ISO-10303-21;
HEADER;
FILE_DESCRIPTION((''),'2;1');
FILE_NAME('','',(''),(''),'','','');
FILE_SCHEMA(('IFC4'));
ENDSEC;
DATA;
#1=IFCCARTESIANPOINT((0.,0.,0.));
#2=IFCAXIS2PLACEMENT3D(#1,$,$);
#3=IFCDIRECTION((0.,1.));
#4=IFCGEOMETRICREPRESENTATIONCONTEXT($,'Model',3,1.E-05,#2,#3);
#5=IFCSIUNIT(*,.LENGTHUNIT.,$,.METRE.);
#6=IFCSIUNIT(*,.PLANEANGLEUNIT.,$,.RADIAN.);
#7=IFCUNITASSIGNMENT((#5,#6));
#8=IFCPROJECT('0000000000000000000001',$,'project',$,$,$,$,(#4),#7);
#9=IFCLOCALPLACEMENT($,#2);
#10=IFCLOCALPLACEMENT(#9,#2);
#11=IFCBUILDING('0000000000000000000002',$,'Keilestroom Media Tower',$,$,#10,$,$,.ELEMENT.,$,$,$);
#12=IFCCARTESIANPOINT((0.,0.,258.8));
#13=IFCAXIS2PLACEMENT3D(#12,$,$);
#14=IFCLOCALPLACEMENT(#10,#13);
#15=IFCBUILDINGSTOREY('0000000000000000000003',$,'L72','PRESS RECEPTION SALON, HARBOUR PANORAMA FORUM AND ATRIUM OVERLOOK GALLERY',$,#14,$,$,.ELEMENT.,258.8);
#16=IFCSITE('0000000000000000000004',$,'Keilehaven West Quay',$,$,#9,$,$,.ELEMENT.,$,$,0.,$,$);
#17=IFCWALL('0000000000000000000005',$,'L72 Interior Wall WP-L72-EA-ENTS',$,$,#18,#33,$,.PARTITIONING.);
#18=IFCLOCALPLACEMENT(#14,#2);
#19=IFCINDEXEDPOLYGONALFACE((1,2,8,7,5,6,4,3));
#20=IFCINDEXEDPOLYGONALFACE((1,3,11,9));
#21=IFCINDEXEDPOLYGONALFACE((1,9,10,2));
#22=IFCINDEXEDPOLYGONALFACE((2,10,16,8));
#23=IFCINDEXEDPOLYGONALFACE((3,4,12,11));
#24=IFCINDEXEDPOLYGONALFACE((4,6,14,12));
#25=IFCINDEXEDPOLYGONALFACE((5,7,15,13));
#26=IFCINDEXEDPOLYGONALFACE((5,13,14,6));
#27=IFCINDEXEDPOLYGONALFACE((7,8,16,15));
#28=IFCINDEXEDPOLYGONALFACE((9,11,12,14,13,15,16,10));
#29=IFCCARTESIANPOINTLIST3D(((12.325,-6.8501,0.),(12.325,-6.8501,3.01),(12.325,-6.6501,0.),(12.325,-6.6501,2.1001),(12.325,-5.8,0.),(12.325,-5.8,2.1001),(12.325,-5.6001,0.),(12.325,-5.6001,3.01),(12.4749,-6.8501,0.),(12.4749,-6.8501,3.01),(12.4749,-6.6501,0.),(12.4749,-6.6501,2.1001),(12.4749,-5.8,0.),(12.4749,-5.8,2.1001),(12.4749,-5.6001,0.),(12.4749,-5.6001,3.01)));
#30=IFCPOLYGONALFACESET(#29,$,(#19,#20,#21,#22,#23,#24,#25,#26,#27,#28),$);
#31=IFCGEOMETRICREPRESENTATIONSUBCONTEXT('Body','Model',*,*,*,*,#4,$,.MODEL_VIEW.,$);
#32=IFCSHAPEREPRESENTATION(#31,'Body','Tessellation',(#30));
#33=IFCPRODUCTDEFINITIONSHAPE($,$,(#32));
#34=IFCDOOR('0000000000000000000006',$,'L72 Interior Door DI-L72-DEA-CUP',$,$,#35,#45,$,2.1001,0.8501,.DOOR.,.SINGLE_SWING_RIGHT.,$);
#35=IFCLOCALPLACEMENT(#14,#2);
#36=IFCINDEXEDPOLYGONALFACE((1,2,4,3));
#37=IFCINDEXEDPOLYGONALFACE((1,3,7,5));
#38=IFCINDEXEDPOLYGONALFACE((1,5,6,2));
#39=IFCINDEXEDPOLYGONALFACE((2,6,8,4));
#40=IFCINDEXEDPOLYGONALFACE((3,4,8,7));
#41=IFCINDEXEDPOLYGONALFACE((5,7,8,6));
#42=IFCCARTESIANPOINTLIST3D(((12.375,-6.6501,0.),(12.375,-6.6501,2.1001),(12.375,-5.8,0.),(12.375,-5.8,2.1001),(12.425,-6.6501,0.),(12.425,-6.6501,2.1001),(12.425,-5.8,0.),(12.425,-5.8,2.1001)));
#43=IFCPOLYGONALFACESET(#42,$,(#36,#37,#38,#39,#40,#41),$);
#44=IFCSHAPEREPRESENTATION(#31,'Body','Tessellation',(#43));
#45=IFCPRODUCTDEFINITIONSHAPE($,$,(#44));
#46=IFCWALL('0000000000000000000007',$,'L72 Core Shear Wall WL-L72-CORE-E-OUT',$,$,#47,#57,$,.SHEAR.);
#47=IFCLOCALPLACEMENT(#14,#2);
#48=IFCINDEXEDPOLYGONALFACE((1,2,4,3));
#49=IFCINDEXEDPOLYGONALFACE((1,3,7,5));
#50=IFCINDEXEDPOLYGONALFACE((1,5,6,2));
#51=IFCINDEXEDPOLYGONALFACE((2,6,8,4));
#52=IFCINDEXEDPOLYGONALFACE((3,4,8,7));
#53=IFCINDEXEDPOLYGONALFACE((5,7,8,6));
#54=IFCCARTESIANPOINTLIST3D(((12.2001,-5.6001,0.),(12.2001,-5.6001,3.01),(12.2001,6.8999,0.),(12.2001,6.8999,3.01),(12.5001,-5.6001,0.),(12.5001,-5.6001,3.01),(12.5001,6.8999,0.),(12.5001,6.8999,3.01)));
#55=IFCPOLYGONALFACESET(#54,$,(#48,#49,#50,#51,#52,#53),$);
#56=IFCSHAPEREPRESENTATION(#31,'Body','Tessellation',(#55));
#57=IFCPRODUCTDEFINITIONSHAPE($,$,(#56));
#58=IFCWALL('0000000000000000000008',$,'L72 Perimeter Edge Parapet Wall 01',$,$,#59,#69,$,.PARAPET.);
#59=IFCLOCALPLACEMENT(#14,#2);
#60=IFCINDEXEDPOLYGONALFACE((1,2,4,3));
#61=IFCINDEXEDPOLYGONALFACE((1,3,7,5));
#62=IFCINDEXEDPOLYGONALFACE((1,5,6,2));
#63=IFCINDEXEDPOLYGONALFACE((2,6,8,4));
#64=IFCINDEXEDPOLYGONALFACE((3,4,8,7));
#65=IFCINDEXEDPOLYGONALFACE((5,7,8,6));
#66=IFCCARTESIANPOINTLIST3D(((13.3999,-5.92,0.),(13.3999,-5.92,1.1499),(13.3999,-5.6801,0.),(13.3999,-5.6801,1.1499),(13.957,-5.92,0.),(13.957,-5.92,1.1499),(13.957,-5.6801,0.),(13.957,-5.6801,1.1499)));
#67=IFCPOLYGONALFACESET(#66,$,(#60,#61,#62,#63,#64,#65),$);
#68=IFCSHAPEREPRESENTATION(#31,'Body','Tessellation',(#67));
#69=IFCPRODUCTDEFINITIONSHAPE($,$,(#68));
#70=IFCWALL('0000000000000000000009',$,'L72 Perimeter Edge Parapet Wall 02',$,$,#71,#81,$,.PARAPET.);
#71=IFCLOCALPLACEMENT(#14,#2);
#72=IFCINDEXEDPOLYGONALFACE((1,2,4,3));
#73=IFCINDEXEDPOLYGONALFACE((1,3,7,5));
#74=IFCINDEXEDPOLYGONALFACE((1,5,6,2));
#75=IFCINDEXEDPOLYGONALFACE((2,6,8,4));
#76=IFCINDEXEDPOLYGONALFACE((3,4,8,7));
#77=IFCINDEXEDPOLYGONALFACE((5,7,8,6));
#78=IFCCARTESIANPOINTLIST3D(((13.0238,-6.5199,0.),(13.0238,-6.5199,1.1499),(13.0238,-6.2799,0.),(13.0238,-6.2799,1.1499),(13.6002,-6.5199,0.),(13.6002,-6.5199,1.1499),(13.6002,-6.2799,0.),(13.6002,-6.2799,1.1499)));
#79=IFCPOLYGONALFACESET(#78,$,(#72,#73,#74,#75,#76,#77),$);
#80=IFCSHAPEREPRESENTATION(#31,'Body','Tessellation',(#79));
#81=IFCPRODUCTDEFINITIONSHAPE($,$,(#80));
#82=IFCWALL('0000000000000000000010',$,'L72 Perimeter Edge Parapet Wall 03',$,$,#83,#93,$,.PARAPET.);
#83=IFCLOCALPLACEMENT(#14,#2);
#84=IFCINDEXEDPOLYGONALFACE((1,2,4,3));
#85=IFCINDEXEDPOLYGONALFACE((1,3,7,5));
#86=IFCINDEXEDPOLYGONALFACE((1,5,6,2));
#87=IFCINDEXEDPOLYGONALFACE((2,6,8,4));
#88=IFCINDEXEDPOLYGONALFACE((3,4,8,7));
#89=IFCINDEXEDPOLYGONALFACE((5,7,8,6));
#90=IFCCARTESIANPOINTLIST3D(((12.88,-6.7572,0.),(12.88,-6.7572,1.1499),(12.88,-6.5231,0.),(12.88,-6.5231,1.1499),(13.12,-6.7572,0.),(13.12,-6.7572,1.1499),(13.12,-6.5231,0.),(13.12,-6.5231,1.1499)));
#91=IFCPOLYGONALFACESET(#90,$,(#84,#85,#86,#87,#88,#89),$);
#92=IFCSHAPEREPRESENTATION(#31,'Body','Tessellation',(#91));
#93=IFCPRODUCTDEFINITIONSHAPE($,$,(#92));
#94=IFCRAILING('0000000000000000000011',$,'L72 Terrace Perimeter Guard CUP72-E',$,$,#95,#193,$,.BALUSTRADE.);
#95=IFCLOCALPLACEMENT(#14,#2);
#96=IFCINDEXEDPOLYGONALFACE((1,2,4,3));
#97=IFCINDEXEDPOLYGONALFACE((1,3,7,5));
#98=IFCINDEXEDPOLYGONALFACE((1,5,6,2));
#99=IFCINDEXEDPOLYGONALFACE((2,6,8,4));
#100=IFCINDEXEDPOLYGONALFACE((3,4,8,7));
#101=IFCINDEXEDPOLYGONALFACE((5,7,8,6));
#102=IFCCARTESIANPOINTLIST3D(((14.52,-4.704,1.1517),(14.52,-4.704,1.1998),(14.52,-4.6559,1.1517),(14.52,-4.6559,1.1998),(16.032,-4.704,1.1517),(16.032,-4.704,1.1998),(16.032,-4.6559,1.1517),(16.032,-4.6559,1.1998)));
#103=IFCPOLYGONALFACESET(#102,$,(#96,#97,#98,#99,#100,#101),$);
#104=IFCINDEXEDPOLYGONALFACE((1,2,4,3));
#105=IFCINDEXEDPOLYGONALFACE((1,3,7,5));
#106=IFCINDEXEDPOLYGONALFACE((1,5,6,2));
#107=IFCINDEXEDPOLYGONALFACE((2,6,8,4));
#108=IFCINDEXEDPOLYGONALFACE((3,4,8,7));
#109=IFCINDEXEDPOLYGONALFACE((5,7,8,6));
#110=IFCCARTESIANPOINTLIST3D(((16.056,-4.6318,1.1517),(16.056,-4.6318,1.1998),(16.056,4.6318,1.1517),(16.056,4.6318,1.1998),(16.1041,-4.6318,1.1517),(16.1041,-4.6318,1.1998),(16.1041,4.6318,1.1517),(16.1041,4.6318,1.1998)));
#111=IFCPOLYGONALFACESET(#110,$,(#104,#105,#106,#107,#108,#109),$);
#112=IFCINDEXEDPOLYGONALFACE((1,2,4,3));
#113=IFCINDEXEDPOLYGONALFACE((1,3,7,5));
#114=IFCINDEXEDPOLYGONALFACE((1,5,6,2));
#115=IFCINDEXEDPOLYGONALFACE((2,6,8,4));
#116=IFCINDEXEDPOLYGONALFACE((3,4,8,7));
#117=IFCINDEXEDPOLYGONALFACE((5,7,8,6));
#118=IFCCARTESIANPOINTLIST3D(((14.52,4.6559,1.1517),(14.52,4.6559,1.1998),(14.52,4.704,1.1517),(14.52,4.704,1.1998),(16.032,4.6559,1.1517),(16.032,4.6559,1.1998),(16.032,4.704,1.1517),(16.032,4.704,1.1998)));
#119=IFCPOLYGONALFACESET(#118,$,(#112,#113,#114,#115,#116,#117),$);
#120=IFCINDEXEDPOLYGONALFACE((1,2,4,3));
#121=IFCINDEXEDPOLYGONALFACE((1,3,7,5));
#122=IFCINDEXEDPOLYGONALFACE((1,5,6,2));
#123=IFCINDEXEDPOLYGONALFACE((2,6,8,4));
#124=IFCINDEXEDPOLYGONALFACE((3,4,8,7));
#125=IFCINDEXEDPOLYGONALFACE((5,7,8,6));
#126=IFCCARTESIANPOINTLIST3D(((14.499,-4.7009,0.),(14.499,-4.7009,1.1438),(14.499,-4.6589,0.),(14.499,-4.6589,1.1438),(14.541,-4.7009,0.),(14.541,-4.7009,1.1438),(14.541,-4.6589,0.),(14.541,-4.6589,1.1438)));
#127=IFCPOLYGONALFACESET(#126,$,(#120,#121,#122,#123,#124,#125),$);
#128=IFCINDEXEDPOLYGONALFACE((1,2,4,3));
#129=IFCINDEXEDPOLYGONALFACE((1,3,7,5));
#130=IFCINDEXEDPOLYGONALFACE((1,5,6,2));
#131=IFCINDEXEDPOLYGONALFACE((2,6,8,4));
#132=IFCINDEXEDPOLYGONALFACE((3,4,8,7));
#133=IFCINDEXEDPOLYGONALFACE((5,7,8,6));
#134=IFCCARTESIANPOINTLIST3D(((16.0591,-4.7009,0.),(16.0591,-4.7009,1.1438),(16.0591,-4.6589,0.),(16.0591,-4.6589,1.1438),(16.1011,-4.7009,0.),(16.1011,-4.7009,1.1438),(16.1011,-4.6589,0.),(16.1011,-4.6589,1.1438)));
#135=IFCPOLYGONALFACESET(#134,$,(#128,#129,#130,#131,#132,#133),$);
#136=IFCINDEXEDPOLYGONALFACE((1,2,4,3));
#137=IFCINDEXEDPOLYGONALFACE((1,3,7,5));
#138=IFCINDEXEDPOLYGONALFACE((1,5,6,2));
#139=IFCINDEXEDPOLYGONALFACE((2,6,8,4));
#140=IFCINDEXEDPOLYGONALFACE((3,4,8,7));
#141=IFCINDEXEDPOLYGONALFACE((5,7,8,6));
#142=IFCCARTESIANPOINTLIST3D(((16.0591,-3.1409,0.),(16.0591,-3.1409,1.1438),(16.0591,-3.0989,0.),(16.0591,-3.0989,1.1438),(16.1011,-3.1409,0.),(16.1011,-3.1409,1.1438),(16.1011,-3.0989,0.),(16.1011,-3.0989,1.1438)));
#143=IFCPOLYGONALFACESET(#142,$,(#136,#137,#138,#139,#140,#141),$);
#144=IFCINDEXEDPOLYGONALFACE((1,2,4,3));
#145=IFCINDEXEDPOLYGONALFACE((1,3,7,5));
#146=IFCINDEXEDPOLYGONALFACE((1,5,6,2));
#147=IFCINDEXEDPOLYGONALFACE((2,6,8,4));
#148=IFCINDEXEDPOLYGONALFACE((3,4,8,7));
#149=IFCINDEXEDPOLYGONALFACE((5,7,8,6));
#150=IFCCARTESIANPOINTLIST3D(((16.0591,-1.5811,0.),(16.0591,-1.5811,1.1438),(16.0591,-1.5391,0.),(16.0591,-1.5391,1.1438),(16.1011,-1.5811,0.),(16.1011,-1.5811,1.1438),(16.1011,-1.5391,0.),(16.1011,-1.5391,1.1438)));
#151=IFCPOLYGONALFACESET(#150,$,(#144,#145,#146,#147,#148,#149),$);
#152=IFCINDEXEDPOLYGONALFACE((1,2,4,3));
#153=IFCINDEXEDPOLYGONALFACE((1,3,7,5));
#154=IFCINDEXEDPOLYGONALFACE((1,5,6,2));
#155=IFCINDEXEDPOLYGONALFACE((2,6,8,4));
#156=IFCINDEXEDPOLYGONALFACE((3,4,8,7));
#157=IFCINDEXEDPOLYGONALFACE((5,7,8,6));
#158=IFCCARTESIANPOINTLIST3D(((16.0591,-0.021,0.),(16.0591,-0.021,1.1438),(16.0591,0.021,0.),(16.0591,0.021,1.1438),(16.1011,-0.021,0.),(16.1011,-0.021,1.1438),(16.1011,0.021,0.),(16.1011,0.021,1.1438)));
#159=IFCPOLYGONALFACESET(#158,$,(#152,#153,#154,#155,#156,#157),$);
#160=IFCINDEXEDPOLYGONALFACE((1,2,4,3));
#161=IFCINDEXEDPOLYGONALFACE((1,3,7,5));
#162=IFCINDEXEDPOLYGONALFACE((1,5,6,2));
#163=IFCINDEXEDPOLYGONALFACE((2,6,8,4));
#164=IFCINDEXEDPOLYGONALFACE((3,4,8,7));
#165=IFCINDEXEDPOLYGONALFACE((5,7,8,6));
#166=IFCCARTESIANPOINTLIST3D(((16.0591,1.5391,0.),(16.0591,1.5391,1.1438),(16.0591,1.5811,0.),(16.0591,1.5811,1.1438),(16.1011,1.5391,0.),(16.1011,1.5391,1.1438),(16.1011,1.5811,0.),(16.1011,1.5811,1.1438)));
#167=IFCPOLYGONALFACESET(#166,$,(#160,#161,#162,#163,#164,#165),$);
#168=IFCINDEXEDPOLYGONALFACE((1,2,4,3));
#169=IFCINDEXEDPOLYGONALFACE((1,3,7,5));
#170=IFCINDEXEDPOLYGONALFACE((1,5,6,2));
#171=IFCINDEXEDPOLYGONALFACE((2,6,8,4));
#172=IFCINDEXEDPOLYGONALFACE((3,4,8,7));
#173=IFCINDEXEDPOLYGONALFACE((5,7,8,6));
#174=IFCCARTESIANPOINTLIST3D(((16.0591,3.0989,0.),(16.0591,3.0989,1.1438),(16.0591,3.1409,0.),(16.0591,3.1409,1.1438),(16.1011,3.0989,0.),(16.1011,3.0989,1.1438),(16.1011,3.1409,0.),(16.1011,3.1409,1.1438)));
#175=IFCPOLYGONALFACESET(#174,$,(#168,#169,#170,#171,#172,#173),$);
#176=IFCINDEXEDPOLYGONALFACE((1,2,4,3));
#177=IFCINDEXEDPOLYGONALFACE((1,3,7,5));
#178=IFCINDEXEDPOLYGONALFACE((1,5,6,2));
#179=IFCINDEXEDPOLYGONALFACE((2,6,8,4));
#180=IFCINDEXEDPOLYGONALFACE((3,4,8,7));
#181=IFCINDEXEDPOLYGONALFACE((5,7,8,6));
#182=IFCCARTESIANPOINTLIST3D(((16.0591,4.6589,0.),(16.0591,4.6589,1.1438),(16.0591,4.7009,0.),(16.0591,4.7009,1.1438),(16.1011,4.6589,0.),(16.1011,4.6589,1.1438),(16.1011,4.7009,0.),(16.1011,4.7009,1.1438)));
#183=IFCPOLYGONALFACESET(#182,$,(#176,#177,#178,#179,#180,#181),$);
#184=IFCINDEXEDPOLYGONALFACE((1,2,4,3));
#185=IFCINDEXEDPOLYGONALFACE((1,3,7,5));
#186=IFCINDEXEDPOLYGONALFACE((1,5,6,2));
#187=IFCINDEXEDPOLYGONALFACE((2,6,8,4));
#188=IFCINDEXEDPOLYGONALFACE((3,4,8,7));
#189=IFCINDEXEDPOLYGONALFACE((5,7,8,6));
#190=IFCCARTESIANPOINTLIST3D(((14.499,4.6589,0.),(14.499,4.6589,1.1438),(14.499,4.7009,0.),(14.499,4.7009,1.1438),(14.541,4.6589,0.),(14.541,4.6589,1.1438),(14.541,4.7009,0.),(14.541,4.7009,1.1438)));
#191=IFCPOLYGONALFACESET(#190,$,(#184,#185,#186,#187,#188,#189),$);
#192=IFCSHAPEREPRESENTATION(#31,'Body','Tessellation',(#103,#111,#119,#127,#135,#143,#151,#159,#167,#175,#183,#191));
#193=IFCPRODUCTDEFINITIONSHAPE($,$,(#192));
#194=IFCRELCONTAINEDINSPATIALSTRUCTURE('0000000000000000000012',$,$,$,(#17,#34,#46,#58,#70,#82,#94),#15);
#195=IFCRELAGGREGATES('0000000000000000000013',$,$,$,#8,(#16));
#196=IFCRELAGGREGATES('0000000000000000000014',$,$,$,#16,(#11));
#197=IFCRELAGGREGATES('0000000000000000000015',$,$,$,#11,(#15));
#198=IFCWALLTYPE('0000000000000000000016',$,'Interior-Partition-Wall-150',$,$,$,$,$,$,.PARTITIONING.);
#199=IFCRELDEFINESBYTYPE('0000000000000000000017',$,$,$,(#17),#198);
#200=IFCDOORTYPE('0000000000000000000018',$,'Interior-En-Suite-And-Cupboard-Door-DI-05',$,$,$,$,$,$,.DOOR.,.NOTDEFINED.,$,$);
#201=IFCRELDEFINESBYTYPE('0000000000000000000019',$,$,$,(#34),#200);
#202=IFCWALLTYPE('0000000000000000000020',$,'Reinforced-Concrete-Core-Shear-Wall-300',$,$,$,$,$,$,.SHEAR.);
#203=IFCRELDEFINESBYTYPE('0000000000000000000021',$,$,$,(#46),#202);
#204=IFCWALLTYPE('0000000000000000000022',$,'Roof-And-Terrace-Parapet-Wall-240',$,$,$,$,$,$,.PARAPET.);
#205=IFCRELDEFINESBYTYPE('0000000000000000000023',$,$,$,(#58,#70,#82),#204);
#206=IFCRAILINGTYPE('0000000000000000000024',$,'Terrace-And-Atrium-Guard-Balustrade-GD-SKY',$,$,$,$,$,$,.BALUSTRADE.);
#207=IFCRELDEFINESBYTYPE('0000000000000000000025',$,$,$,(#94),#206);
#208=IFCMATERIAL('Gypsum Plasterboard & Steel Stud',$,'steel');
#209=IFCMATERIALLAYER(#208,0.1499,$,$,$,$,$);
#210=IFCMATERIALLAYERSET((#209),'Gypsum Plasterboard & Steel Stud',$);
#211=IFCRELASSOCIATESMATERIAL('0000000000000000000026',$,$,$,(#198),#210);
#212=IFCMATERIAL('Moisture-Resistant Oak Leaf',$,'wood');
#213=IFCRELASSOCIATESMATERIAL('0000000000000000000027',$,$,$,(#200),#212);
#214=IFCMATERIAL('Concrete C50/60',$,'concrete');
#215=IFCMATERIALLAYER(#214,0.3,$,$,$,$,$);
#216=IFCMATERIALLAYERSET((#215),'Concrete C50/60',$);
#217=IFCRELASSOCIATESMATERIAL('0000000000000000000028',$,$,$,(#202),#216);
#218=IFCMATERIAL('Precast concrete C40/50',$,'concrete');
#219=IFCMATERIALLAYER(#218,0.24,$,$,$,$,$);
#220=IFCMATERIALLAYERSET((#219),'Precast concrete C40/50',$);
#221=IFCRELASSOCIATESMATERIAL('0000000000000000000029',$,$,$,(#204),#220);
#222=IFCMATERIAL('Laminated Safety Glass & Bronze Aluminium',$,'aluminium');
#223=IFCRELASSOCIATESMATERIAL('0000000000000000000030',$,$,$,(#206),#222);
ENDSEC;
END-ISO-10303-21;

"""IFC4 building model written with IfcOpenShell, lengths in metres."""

from ifc_helpers import new_model, si_unit, direction, frame, frame_2d, origin, origin_2d, place, context, subcontext, project, spatial, rectangle, extrude, source, transform, mapped, material, layer, layer_set, type_object, element, fill, save


model = new_model("IFC4")

# Units and contexts
model_context = context("Model", 3, precision=1e-05, world=origin(), true_north=direction((0.0, 1.0)))
body_context = subcontext(model_context, "Body", "Model", "MODEL_VIEW")
ifc_project = project(units=[si_unit("LENGTHUNIT", "METRE"), si_unit("PLANEANGLEUNIT", "RADIAN")], contexts=[model_context])

# Site, building, storey
site_placement = place(None, origin())
site = spatial("IfcSite", under=ifc_project, at=site_placement, Name="Keilehaven West Quay", CompositionType="ELEMENT", RefElevation=0.0)
building_placement = place(site_placement, origin())
building = spatial("IfcBuilding", under=site, at=building_placement, Name="Keilestroom Media Tower", CompositionType="ELEMENT")
storey_placement = place(building_placement, frame((0.0, 0.0, 258.8)))
storey = spatial("IfcBuildingStorey", under=building, at=storey_placement, Name="L72", Description="PRESS RECEPTION SALON, HARBOUR PANORAMA FORUM AND ATRIUM OVERLOOK GALLERY", CompositionType="ELEMENT", Elevation=258.8)

# Shared definitions
ifc_material_1 = material(Name="Precast concrete C40/50", Category="concrete")

# Wall, opening, door
ifc_material_2 = material(Name="Gypsum Plasterboard & Steel Stud", Category="steel")
ifc_layer_1 = layer(ifc_material_2, 0.1499)
ifc_layer_set_1 = layer_set([ifc_layer_1], Name="Gypsum Plasterboard & Steel Stud")
wall_type_1 = type_object("IfcWallType", Name="Interior-Partition-Wall-150", PredefinedType="PARTITIONING", material=ifc_layer_set_1)
wall_1_placement = place(storey_placement, frame((12.3999, -6.8501, 0.0), z_axis=(0.0, 0.0, 1.0), x_axis=(0.0, 1.0, 0.0)))
wall_1 = element("IfcWall", 1, at=wall_1_placement, inside=storey, type_object=wall_type_1, Name="L72 Interior Wall WP-L72-EA-ENTS", PredefinedType="PARTITIONING", context=body_context, shape_type="SweptSolid", body=[
    extrude(rectangle(XDim=1.25, YDim=0.1499, at=frame_2d((0.625, 0.0))), origin(), (0.0, 0.0, 1.0), 3.01),
])
opening_1_placement = place(wall_1_placement, frame((0.2, 0.0, 0.0)))
opening_1 = element("IfcOpeningElement", 2, at=opening_1_placement, cuts=wall_1, PredefinedType="OPENING", context=body_context, shape_type="SweptSolid", body=[
    extrude(rectangle(XDim=0.8501, YDim=2.1001, at=frame_2d((0.425, 1.05))), frame((0.0, 0.085, 0.0), z_axis=(0.0, -1.0, 0.0), x_axis=(1.0, 0.0, 0.0)), (0.0, 0.0, 1.0), 0.1699),
])
ifc_material_3 = material(Name="Moisture-Resistant Oak Leaf", Category="wood")
door_type_1 = type_object("IfcDoorType", Name="Interior-En-Suite-And-Cupboard-Door-DI-05", OperationType="NOTDEFINED", PredefinedType="DOOR", material=ifc_material_3)
shared_shape_1 = source(origin(), body_context, "Body", "SweptSolid", [
    extrude(rectangle(XDim=0.8501, YDim=2.1001, at=frame_2d((0.425, 1.05))), frame((0.0, 0.0249, 0.0), z_axis=(0.0, -1.0, 0.0), x_axis=(1.0, 0.0, 0.0)), (0.0, 0.0, 1.0), 0.05),
])
door_1_placement = place(opening_1_placement, origin())
door_1 = element("IfcDoor", 3, at=door_1_placement, inside=storey, type_object=door_type_1, Name="L72 Interior Door DI-L72-DEA-CUP", OperationType="SINGLE_SWING_RIGHT", OverallHeight=2.1001, OverallWidth=0.8501, PredefinedType="DOOR", context=body_context, shape_type="MappedRepresentation", body=[
    mapped(shared_shape_1, transform((0.0, 0.0, 0.0), x_axis=(1.0, 0.0, 0.0), y_axis=(0.0, 1.0, 0.0), z_axis=(0.0, 0.0, 1.0), scale=1.0)),
])
fill(opening_1, door_1)

# Walls
ifc_material_4 = material(Name="Concrete C50/60", Category="concrete")
ifc_layer_2 = layer(ifc_material_4, 0.3)
ifc_layer_set_2 = layer_set([ifc_layer_2], Name="Concrete C50/60")
wall_type_2 = type_object("IfcWallType", Name="Reinforced-Concrete-Core-Shear-Wall-300", PredefinedType="SHEAR", material=ifc_layer_set_2)
wall_2_placement = place(storey_placement, frame((12.3501, -5.6001, 0.0), z_axis=(0.0, 0.0, 1.0), x_axis=(0.0, 1.0, 0.0)))
element("IfcWall", 4, at=wall_2_placement, inside=storey, type_object=wall_type_2, Name="L72 Core Shear Wall WL-L72-CORE-E-OUT", PredefinedType="SHEAR", context=body_context, shape_type="SweptSolid", body=[
    extrude(rectangle(XDim=12.5, YDim=0.3, at=frame_2d((6.25, 0.0))), origin(), (0.0, 0.0, 1.0), 3.01),
])
ifc_layer_3 = layer(ifc_material_1, 0.24)
ifc_layer_set_3 = layer_set([ifc_layer_3], Name="Precast concrete C40/50")
wall_type_3 = type_object("IfcWallType", Name="Roof-And-Terrace-Parapet-Wall-240", PredefinedType="PARAPET", material=ifc_layer_set_3)
wall_3_placement = place(storey_placement, frame((13.957, -5.8, 0.0), z_axis=(0.0, 0.0, 1.0), x_axis=(-1.0, 0.0, 0.0)))
element("IfcWall", 5, at=wall_3_placement, inside=storey, type_object=wall_type_3, Name="L72 Perimeter Edge Parapet Wall 01", PredefinedType="PARAPET", context=body_context, shape_type="SweptSolid", body=[
    extrude(rectangle(XDim=0.5571, YDim=0.24, at=frame_2d((0.2786, 0.0))), origin(), (0.0, 0.0, 1.0), 1.1499),
])
wall_4_placement = place(storey_placement, frame((13.6001, -6.3999, 0.0), z_axis=(0.0, 0.0, 1.0), x_axis=(-1.0, 0.0, 0.0)))
element("IfcWall", 6, at=wall_4_placement, inside=storey, type_object=wall_type_3, Name="L72 Perimeter Edge Parapet Wall 02", PredefinedType="PARAPET", context=body_context, shape_type="SweptSolid", body=[
    extrude(rectangle(XDim=0.5764, YDim=0.24, at=frame_2d((0.2881, 0.0))), origin(), (0.0, 0.0, 1.0), 1.1499),
])
wall_5_placement = place(storey_placement, frame((13.0, -6.5229, 0.0), z_axis=(0.0, 0.0, 1.0), x_axis=(0.0, -1.0, 0.0)))
element("IfcWall", 7, at=wall_5_placement, inside=storey, type_object=wall_type_3, Name="L72 Perimeter Edge Parapet Wall 03", PredefinedType="PARAPET", context=body_context, shape_type="SweptSolid", body=[
    extrude(rectangle(XDim=0.2341, YDim=0.24, at=frame_2d((0.1172, 0.0))), origin(), (0.0, 0.0, 1.0), 1.1499),
])

# Railing
ifc_material_5 = material(Name="Laminated Safety Glass & Bronze Aluminium", Category="aluminium")
railing_type = type_object("IfcRailingType", Name="Terrace-And-Atrium-Guard-Balustrade-GD-SKY", PredefinedType="BALUSTRADE", material=ifc_material_5)
railing_placement = place(storey_placement, frame((14.52, -4.6799, 0.0)))
element("IfcRailing", 8, at=railing_placement, inside=storey, type_object=railing_type, Name="L72 Terrace Perimeter Guard CUP72-E", PredefinedType="BALUSTRADE", context=body_context, shape_type="SweptSolid", body=[
    extrude(rectangle(XDim=0.0481, YDim=0.0481, at=origin_2d()), frame((0.0, 0.0, 1.1758), z_axis=(1.0, 0.0, 0.0), x_axis=(0.0, 1.0, 0.0)), (0.0, 0.0, 1.0), 1.512),
    extrude(rectangle(XDim=0.0481, YDim=0.0481, at=origin_2d()), frame((1.5601, 0.0481, 1.1758), z_axis=(0.0, 1.0, 0.0), x_axis=(-1.0, 0.0, 0.0)), (0.0, 0.0, 1.0), 9.2637),
    extrude(rectangle(XDim=0.0481, YDim=0.0481, at=origin_2d()), frame((1.512, 9.3599, 1.1758), z_axis=(-1.0, 0.0, 0.0), x_axis=(0.0, -1.0, 0.0)), (0.0, 0.0, 1.0), 1.512),
    extrude(rectangle(XDim=0.042, YDim=0.042, at=origin_2d()), origin(), (0.0, 0.0, 1.0), 1.1438),
    extrude(rectangle(XDim=0.042, YDim=0.042, at=origin_2d()), frame((1.5601, 0.0, 0.0)), (0.0, 0.0, 1.0), 1.1438),
    extrude(rectangle(XDim=0.042, YDim=0.042, at=origin_2d()), frame((1.5601, 1.5601, 0.0)), (0.0, 0.0, 1.0), 1.1438),
    extrude(rectangle(XDim=0.042, YDim=0.042, at=origin_2d()), frame((1.5601, 3.1199, 0.0)), (0.0, 0.0, 1.0), 1.1438),
    extrude(rectangle(XDim=0.042, YDim=0.042, at=origin_2d()), frame((1.5601, 4.6799, 0.0)), (0.0, 0.0, 1.0), 1.1438),
    extrude(rectangle(XDim=0.042, YDim=0.042, at=origin_2d()), frame((1.5601, 6.24, 0.0)), (0.0, 0.0, 1.0), 1.1438),
    extrude(rectangle(XDim=0.042, YDim=0.042, at=origin_2d()), frame((1.5601, 7.7998, 0.0)), (0.0, 0.0, 1.0), 1.1438),
    extrude(rectangle(XDim=0.042, YDim=0.042, at=origin_2d()), frame((1.5601, 9.3599, 0.0)), (0.0, 0.0, 1.0), 1.1438),
    extrude(rectangle(XDim=0.042, YDim=0.042, at=origin_2d()), frame((0.0, 9.3599, 0.0)), (0.0, 0.0, 1.0), 1.1438),
])

save(model, "model.ifc")
